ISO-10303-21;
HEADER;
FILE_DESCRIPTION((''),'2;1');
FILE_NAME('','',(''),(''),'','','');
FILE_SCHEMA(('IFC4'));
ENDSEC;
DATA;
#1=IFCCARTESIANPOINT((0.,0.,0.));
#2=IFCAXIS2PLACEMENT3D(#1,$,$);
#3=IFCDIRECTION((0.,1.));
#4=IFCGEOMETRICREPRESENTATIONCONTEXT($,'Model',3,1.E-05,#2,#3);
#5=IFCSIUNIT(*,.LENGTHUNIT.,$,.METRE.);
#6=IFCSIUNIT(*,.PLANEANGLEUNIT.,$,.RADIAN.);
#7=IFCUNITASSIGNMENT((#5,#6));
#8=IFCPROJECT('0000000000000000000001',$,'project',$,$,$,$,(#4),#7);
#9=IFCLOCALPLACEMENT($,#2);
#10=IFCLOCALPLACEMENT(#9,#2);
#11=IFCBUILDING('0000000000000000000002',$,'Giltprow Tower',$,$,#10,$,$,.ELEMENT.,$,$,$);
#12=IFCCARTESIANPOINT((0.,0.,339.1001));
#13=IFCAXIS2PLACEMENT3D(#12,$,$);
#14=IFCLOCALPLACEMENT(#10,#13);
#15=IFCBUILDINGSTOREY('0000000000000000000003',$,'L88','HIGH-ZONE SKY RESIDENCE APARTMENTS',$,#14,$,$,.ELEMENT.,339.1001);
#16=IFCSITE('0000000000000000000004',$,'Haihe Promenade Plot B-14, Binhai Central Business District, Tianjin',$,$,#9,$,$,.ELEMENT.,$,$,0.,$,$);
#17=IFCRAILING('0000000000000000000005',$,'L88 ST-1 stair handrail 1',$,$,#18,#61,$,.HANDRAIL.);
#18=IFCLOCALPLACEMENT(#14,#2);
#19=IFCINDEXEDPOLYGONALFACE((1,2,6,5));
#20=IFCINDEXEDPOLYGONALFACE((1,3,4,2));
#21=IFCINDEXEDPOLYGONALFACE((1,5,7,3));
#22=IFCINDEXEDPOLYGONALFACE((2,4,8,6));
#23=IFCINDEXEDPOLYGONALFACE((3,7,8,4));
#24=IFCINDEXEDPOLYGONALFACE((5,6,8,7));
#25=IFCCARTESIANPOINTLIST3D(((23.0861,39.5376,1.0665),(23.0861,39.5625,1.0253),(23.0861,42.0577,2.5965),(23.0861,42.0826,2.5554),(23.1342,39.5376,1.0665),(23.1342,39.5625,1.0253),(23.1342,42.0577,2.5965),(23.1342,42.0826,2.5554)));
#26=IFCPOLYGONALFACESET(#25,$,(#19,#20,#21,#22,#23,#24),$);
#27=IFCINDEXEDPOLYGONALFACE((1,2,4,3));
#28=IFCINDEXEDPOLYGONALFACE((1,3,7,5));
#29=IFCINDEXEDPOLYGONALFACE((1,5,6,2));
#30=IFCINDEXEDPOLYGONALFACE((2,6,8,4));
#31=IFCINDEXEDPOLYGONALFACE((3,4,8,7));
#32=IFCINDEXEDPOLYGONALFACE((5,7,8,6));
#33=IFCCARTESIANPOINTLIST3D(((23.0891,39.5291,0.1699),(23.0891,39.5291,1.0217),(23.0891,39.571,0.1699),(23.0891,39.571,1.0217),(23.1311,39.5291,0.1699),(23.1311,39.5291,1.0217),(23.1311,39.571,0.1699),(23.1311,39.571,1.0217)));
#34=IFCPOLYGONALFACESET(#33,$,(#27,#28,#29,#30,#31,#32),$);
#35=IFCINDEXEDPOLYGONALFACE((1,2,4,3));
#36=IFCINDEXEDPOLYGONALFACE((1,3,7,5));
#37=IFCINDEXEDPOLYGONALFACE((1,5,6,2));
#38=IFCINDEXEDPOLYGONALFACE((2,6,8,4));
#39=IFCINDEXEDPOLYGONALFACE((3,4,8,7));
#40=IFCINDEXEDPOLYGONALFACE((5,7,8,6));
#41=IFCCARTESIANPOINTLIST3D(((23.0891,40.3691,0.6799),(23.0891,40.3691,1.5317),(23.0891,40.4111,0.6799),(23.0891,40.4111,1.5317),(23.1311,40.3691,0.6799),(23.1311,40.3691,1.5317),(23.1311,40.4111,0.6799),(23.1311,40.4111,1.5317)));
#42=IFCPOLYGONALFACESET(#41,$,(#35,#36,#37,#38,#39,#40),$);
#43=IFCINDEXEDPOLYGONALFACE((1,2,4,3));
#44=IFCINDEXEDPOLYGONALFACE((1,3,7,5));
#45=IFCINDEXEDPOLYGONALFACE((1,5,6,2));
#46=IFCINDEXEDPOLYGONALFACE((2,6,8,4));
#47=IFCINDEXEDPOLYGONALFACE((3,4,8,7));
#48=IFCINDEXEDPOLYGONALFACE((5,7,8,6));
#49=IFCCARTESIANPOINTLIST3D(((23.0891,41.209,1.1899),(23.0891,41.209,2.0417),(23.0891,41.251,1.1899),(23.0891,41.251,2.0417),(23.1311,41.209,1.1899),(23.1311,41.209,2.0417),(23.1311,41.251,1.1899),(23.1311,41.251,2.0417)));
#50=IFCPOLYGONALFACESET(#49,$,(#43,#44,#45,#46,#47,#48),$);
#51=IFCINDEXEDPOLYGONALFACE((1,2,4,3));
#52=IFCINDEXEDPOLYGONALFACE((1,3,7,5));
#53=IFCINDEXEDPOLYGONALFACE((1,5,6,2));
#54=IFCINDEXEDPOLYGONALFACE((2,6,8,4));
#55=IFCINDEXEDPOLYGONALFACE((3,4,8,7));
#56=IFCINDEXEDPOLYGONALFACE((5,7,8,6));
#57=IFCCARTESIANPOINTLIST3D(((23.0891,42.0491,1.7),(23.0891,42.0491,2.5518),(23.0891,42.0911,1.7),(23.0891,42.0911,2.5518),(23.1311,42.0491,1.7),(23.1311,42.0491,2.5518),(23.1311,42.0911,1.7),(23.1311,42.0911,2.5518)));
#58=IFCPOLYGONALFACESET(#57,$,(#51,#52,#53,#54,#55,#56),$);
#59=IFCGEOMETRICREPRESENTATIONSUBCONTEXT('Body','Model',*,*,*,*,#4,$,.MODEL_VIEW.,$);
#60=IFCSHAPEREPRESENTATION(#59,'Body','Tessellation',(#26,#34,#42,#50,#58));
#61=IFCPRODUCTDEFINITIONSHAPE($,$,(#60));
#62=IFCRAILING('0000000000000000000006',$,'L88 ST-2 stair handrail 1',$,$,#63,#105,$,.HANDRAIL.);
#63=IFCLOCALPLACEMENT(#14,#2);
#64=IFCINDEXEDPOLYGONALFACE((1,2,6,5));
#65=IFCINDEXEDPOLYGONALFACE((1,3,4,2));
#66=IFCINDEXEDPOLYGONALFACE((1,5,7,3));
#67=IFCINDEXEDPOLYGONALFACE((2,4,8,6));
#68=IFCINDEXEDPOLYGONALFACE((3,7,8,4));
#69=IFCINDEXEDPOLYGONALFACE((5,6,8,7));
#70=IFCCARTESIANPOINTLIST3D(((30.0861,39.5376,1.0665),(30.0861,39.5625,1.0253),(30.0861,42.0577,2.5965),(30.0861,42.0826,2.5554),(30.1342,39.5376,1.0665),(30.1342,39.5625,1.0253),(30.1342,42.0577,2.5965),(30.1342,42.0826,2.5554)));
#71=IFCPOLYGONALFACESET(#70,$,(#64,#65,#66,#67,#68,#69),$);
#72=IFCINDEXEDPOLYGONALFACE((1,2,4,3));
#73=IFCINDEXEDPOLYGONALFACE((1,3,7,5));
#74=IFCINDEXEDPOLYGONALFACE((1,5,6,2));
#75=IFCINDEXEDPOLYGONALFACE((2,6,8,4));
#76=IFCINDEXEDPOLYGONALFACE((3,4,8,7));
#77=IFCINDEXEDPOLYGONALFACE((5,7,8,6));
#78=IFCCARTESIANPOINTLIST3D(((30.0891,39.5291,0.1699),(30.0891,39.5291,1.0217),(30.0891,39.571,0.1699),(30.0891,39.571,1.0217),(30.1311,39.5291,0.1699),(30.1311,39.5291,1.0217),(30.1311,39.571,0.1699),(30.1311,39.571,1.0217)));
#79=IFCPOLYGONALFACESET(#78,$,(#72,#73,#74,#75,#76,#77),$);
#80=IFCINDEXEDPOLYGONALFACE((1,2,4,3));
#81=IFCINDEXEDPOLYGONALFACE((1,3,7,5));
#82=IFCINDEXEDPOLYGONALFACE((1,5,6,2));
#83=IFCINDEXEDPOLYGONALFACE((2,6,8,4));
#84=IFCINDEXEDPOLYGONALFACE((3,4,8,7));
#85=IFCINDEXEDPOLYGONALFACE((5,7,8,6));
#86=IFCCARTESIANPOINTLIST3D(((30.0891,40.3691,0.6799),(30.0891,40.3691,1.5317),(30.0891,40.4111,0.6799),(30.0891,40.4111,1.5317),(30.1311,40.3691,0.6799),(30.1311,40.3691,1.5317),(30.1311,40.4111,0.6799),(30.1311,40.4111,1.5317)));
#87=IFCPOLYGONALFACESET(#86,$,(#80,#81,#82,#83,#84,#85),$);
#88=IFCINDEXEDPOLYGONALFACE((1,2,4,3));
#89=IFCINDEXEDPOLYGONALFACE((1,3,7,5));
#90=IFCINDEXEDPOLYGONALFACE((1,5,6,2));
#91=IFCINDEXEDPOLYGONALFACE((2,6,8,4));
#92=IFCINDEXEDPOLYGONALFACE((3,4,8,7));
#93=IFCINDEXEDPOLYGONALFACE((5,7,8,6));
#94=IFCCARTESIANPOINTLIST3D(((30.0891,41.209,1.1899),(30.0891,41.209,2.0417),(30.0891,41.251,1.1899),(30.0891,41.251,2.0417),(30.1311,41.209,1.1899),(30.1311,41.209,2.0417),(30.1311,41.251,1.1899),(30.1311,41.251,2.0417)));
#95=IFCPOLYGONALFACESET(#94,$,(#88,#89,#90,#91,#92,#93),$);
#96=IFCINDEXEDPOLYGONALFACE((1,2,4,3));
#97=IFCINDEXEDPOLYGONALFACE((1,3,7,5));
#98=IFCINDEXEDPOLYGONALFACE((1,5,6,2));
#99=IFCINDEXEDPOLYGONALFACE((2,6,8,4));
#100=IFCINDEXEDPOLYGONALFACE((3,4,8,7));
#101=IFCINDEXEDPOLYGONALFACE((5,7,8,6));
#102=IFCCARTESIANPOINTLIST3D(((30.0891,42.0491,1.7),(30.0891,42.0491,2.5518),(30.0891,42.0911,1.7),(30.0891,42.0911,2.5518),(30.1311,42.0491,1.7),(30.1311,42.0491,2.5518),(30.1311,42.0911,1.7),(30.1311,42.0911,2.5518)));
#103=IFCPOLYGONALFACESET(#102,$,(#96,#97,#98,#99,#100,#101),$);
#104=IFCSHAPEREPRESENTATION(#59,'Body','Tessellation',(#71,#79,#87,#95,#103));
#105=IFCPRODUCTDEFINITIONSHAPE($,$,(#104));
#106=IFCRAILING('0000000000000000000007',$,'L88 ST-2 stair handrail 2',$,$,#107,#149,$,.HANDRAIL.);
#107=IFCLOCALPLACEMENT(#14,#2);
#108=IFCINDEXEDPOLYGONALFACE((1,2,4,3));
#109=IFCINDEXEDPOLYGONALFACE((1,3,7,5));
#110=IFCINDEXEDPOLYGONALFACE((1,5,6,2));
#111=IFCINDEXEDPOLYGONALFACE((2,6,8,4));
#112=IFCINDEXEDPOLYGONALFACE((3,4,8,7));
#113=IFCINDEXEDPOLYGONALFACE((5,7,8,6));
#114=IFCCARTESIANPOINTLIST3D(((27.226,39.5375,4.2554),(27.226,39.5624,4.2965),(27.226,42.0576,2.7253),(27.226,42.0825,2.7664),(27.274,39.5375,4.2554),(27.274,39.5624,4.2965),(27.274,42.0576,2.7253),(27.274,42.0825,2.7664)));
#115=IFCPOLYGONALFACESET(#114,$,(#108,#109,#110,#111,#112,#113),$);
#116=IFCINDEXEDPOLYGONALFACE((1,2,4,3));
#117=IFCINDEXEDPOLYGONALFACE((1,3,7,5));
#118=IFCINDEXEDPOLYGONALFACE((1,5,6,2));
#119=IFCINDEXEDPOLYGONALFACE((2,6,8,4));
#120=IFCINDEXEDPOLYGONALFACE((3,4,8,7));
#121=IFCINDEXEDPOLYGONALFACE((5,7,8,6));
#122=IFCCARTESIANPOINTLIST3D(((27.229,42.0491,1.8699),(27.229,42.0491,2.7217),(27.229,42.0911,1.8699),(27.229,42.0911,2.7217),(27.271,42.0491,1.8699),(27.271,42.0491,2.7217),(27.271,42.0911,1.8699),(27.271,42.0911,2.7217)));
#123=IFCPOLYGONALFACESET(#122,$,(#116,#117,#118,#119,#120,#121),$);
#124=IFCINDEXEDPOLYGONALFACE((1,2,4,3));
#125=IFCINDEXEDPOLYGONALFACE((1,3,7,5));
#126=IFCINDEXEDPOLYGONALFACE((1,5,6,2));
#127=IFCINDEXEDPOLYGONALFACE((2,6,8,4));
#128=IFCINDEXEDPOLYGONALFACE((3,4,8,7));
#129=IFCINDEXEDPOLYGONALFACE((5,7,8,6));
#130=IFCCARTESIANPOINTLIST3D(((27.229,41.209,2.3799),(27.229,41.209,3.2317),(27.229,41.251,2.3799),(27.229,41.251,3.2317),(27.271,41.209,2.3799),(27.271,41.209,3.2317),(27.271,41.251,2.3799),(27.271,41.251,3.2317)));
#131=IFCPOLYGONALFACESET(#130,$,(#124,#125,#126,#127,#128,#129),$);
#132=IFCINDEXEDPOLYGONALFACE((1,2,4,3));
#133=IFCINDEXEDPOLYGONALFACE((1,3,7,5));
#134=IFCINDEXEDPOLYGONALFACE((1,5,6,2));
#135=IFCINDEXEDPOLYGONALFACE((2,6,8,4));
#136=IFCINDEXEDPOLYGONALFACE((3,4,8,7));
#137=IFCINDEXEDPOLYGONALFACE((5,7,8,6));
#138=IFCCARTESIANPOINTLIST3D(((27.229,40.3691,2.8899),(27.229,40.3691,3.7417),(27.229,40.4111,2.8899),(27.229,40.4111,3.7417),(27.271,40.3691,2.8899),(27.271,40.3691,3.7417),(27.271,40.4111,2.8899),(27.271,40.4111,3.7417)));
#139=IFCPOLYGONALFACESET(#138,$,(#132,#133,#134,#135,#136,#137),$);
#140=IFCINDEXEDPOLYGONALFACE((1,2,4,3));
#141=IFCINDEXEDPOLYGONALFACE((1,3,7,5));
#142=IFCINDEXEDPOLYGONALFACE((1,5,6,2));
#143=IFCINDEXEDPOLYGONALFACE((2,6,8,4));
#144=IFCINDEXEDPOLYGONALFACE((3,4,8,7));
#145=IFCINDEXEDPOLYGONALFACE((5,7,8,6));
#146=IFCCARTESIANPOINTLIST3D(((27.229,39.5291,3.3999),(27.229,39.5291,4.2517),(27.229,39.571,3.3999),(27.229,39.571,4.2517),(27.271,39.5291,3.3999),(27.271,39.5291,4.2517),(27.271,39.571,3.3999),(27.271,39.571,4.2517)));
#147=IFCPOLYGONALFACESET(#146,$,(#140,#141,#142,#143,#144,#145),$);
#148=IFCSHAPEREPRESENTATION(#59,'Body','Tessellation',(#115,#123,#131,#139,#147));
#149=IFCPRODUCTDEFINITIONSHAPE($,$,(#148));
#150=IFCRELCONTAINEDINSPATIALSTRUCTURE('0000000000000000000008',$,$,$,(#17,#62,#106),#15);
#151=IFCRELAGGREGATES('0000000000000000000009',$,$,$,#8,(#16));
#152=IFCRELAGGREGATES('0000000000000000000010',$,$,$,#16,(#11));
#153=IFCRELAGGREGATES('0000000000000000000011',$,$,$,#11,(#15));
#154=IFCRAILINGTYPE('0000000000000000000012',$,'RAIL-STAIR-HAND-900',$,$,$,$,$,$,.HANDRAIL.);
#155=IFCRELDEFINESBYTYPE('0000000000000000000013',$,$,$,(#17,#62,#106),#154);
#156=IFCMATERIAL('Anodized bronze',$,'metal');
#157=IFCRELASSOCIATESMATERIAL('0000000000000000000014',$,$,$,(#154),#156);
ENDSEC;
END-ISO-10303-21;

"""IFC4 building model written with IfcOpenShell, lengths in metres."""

from ifc_helpers import new_model, si_unit, direction, frame, origin, origin_2d, place, context, subcontext, project, spatial, rectangle, extrude, material, type_object, element, save


model = new_model("IFC4")

# Units and contexts
model_context = context("Model", 3, precision=1e-05, world=origin(), true_north=direction((0.0, 1.0)))
body_context = subcontext(model_context, "Body", "Model", "MODEL_VIEW")
ifc_project = project(units=[si_unit("LENGTHUNIT", "METRE"), si_unit("PLANEANGLEUNIT", "RADIAN")], contexts=[model_context])

# Site, building, storey
site_placement = place(None, origin())
site = spatial("IfcSite", under=ifc_project, at=site_placement, Name="Haihe Promenade Plot B-14, Binhai Central Business District, Tianjin", CompositionType="ELEMENT", RefElevation=0.0)
building_placement = place(site_placement, origin())
building = spatial("IfcBuilding", under=site, at=building_placement, Name="Giltprow Tower", CompositionType="ELEMENT")
storey_placement = place(building_placement, frame((0.0, 0.0, 339.1001)))
storey = spatial("IfcBuildingStorey", under=building, at=storey_placement, Name="L88", Description="HIGH-ZONE SKY RESIDENCE APARTMENTS", CompositionType="ELEMENT", Elevation=339.1001)

# Railings
ifc_material_1 = material(Name="Anodized bronze", Category="metal")
railing_type_1 = type_object("IfcRailingType", Name="RAIL-STAIR-HAND-900", PredefinedType="HANDRAIL", material=ifc_material_1)
for number, where, name in (
    (1, (23.1101, 39.55, 0.1699), "L88 ST-1 stair handrail 1"),
    (2, (30.1101, 39.55, 0.1699), "L88 ST-2 stair handrail 1"),
):
    element("IfcRailing", number, at=place(storey_placement, frame(where)), inside=storey, type_object=railing_type_1, Name=name, PredefinedType="HANDRAIL", context=body_context, shape_type="SweptSolid", body=[
        extrude(rectangle(XDim=0.0481, YDim=0.0481, at=origin_2d()), frame((0.0, 0.0, 0.876), z_axis=(0.0, 0.854785, 0.518982), x_axis=(-1.0, 0.0, 0.0)), (0.0, 0.0, 1.0), 2.9482),
        extrude(rectangle(XDim=0.042, YDim=0.042, at=origin_2d()), origin(), (0.0, 0.0, 1.0), 0.8518),
        extrude(rectangle(XDim=0.042, YDim=0.042, at=origin_2d()), frame((0.0, 0.8401, 0.51)), (0.0, 0.0, 1.0), 0.8518),
        extrude(rectangle(XDim=0.042, YDim=0.042, at=origin_2d()), frame((0.0, 1.6799, 1.02)), (0.0, 0.0, 1.0), 0.8518),
        extrude(rectangle(XDim=0.042, YDim=0.042, at=origin_2d()), frame((0.0, 2.52, 1.53)), (0.0, 0.0, 1.0), 0.8518),
    ])
railing_1_placement = place(storey_placement, frame((27.25, 42.0701, 1.8699)))
element("IfcRailing", 3, at=railing_1_placement, inside=storey, type_object=railing_type_1, Name="L88 ST-2 stair handrail 2", PredefinedType="HANDRAIL", context=body_context, shape_type="SweptSolid", body=[
    extrude(rectangle(XDim=0.0481, YDim=0.0481, at=origin_2d()), frame((0.0, 0.0, 0.876), z_axis=(0.0, -0.854785, 0.518982), x_axis=(1.0, 0.0, 0.0)), (0.0, 0.0, 1.0), 2.9482),
    extrude(rectangle(XDim=0.042, YDim=0.042, at=origin_2d()), origin(), (0.0, 0.0, 1.0), 0.8518),
    extrude(rectangle(XDim=0.042, YDim=0.042, at=origin_2d()), frame((0.0, -0.8401, 0.51)), (0.0, 0.0, 1.0), 0.8518),
    extrude(rectangle(XDim=0.042, YDim=0.042, at=origin_2d()), frame((0.0, -1.6799, 1.02)), (0.0, 0.0, 1.0), 0.8518),
    extrude(rectangle(XDim=0.042, YDim=0.042, at=origin_2d()), frame((0.0, -2.52, 1.53)), (0.0, 0.0, 1.0), 0.8518),
])

save(model, "model.ifc")
